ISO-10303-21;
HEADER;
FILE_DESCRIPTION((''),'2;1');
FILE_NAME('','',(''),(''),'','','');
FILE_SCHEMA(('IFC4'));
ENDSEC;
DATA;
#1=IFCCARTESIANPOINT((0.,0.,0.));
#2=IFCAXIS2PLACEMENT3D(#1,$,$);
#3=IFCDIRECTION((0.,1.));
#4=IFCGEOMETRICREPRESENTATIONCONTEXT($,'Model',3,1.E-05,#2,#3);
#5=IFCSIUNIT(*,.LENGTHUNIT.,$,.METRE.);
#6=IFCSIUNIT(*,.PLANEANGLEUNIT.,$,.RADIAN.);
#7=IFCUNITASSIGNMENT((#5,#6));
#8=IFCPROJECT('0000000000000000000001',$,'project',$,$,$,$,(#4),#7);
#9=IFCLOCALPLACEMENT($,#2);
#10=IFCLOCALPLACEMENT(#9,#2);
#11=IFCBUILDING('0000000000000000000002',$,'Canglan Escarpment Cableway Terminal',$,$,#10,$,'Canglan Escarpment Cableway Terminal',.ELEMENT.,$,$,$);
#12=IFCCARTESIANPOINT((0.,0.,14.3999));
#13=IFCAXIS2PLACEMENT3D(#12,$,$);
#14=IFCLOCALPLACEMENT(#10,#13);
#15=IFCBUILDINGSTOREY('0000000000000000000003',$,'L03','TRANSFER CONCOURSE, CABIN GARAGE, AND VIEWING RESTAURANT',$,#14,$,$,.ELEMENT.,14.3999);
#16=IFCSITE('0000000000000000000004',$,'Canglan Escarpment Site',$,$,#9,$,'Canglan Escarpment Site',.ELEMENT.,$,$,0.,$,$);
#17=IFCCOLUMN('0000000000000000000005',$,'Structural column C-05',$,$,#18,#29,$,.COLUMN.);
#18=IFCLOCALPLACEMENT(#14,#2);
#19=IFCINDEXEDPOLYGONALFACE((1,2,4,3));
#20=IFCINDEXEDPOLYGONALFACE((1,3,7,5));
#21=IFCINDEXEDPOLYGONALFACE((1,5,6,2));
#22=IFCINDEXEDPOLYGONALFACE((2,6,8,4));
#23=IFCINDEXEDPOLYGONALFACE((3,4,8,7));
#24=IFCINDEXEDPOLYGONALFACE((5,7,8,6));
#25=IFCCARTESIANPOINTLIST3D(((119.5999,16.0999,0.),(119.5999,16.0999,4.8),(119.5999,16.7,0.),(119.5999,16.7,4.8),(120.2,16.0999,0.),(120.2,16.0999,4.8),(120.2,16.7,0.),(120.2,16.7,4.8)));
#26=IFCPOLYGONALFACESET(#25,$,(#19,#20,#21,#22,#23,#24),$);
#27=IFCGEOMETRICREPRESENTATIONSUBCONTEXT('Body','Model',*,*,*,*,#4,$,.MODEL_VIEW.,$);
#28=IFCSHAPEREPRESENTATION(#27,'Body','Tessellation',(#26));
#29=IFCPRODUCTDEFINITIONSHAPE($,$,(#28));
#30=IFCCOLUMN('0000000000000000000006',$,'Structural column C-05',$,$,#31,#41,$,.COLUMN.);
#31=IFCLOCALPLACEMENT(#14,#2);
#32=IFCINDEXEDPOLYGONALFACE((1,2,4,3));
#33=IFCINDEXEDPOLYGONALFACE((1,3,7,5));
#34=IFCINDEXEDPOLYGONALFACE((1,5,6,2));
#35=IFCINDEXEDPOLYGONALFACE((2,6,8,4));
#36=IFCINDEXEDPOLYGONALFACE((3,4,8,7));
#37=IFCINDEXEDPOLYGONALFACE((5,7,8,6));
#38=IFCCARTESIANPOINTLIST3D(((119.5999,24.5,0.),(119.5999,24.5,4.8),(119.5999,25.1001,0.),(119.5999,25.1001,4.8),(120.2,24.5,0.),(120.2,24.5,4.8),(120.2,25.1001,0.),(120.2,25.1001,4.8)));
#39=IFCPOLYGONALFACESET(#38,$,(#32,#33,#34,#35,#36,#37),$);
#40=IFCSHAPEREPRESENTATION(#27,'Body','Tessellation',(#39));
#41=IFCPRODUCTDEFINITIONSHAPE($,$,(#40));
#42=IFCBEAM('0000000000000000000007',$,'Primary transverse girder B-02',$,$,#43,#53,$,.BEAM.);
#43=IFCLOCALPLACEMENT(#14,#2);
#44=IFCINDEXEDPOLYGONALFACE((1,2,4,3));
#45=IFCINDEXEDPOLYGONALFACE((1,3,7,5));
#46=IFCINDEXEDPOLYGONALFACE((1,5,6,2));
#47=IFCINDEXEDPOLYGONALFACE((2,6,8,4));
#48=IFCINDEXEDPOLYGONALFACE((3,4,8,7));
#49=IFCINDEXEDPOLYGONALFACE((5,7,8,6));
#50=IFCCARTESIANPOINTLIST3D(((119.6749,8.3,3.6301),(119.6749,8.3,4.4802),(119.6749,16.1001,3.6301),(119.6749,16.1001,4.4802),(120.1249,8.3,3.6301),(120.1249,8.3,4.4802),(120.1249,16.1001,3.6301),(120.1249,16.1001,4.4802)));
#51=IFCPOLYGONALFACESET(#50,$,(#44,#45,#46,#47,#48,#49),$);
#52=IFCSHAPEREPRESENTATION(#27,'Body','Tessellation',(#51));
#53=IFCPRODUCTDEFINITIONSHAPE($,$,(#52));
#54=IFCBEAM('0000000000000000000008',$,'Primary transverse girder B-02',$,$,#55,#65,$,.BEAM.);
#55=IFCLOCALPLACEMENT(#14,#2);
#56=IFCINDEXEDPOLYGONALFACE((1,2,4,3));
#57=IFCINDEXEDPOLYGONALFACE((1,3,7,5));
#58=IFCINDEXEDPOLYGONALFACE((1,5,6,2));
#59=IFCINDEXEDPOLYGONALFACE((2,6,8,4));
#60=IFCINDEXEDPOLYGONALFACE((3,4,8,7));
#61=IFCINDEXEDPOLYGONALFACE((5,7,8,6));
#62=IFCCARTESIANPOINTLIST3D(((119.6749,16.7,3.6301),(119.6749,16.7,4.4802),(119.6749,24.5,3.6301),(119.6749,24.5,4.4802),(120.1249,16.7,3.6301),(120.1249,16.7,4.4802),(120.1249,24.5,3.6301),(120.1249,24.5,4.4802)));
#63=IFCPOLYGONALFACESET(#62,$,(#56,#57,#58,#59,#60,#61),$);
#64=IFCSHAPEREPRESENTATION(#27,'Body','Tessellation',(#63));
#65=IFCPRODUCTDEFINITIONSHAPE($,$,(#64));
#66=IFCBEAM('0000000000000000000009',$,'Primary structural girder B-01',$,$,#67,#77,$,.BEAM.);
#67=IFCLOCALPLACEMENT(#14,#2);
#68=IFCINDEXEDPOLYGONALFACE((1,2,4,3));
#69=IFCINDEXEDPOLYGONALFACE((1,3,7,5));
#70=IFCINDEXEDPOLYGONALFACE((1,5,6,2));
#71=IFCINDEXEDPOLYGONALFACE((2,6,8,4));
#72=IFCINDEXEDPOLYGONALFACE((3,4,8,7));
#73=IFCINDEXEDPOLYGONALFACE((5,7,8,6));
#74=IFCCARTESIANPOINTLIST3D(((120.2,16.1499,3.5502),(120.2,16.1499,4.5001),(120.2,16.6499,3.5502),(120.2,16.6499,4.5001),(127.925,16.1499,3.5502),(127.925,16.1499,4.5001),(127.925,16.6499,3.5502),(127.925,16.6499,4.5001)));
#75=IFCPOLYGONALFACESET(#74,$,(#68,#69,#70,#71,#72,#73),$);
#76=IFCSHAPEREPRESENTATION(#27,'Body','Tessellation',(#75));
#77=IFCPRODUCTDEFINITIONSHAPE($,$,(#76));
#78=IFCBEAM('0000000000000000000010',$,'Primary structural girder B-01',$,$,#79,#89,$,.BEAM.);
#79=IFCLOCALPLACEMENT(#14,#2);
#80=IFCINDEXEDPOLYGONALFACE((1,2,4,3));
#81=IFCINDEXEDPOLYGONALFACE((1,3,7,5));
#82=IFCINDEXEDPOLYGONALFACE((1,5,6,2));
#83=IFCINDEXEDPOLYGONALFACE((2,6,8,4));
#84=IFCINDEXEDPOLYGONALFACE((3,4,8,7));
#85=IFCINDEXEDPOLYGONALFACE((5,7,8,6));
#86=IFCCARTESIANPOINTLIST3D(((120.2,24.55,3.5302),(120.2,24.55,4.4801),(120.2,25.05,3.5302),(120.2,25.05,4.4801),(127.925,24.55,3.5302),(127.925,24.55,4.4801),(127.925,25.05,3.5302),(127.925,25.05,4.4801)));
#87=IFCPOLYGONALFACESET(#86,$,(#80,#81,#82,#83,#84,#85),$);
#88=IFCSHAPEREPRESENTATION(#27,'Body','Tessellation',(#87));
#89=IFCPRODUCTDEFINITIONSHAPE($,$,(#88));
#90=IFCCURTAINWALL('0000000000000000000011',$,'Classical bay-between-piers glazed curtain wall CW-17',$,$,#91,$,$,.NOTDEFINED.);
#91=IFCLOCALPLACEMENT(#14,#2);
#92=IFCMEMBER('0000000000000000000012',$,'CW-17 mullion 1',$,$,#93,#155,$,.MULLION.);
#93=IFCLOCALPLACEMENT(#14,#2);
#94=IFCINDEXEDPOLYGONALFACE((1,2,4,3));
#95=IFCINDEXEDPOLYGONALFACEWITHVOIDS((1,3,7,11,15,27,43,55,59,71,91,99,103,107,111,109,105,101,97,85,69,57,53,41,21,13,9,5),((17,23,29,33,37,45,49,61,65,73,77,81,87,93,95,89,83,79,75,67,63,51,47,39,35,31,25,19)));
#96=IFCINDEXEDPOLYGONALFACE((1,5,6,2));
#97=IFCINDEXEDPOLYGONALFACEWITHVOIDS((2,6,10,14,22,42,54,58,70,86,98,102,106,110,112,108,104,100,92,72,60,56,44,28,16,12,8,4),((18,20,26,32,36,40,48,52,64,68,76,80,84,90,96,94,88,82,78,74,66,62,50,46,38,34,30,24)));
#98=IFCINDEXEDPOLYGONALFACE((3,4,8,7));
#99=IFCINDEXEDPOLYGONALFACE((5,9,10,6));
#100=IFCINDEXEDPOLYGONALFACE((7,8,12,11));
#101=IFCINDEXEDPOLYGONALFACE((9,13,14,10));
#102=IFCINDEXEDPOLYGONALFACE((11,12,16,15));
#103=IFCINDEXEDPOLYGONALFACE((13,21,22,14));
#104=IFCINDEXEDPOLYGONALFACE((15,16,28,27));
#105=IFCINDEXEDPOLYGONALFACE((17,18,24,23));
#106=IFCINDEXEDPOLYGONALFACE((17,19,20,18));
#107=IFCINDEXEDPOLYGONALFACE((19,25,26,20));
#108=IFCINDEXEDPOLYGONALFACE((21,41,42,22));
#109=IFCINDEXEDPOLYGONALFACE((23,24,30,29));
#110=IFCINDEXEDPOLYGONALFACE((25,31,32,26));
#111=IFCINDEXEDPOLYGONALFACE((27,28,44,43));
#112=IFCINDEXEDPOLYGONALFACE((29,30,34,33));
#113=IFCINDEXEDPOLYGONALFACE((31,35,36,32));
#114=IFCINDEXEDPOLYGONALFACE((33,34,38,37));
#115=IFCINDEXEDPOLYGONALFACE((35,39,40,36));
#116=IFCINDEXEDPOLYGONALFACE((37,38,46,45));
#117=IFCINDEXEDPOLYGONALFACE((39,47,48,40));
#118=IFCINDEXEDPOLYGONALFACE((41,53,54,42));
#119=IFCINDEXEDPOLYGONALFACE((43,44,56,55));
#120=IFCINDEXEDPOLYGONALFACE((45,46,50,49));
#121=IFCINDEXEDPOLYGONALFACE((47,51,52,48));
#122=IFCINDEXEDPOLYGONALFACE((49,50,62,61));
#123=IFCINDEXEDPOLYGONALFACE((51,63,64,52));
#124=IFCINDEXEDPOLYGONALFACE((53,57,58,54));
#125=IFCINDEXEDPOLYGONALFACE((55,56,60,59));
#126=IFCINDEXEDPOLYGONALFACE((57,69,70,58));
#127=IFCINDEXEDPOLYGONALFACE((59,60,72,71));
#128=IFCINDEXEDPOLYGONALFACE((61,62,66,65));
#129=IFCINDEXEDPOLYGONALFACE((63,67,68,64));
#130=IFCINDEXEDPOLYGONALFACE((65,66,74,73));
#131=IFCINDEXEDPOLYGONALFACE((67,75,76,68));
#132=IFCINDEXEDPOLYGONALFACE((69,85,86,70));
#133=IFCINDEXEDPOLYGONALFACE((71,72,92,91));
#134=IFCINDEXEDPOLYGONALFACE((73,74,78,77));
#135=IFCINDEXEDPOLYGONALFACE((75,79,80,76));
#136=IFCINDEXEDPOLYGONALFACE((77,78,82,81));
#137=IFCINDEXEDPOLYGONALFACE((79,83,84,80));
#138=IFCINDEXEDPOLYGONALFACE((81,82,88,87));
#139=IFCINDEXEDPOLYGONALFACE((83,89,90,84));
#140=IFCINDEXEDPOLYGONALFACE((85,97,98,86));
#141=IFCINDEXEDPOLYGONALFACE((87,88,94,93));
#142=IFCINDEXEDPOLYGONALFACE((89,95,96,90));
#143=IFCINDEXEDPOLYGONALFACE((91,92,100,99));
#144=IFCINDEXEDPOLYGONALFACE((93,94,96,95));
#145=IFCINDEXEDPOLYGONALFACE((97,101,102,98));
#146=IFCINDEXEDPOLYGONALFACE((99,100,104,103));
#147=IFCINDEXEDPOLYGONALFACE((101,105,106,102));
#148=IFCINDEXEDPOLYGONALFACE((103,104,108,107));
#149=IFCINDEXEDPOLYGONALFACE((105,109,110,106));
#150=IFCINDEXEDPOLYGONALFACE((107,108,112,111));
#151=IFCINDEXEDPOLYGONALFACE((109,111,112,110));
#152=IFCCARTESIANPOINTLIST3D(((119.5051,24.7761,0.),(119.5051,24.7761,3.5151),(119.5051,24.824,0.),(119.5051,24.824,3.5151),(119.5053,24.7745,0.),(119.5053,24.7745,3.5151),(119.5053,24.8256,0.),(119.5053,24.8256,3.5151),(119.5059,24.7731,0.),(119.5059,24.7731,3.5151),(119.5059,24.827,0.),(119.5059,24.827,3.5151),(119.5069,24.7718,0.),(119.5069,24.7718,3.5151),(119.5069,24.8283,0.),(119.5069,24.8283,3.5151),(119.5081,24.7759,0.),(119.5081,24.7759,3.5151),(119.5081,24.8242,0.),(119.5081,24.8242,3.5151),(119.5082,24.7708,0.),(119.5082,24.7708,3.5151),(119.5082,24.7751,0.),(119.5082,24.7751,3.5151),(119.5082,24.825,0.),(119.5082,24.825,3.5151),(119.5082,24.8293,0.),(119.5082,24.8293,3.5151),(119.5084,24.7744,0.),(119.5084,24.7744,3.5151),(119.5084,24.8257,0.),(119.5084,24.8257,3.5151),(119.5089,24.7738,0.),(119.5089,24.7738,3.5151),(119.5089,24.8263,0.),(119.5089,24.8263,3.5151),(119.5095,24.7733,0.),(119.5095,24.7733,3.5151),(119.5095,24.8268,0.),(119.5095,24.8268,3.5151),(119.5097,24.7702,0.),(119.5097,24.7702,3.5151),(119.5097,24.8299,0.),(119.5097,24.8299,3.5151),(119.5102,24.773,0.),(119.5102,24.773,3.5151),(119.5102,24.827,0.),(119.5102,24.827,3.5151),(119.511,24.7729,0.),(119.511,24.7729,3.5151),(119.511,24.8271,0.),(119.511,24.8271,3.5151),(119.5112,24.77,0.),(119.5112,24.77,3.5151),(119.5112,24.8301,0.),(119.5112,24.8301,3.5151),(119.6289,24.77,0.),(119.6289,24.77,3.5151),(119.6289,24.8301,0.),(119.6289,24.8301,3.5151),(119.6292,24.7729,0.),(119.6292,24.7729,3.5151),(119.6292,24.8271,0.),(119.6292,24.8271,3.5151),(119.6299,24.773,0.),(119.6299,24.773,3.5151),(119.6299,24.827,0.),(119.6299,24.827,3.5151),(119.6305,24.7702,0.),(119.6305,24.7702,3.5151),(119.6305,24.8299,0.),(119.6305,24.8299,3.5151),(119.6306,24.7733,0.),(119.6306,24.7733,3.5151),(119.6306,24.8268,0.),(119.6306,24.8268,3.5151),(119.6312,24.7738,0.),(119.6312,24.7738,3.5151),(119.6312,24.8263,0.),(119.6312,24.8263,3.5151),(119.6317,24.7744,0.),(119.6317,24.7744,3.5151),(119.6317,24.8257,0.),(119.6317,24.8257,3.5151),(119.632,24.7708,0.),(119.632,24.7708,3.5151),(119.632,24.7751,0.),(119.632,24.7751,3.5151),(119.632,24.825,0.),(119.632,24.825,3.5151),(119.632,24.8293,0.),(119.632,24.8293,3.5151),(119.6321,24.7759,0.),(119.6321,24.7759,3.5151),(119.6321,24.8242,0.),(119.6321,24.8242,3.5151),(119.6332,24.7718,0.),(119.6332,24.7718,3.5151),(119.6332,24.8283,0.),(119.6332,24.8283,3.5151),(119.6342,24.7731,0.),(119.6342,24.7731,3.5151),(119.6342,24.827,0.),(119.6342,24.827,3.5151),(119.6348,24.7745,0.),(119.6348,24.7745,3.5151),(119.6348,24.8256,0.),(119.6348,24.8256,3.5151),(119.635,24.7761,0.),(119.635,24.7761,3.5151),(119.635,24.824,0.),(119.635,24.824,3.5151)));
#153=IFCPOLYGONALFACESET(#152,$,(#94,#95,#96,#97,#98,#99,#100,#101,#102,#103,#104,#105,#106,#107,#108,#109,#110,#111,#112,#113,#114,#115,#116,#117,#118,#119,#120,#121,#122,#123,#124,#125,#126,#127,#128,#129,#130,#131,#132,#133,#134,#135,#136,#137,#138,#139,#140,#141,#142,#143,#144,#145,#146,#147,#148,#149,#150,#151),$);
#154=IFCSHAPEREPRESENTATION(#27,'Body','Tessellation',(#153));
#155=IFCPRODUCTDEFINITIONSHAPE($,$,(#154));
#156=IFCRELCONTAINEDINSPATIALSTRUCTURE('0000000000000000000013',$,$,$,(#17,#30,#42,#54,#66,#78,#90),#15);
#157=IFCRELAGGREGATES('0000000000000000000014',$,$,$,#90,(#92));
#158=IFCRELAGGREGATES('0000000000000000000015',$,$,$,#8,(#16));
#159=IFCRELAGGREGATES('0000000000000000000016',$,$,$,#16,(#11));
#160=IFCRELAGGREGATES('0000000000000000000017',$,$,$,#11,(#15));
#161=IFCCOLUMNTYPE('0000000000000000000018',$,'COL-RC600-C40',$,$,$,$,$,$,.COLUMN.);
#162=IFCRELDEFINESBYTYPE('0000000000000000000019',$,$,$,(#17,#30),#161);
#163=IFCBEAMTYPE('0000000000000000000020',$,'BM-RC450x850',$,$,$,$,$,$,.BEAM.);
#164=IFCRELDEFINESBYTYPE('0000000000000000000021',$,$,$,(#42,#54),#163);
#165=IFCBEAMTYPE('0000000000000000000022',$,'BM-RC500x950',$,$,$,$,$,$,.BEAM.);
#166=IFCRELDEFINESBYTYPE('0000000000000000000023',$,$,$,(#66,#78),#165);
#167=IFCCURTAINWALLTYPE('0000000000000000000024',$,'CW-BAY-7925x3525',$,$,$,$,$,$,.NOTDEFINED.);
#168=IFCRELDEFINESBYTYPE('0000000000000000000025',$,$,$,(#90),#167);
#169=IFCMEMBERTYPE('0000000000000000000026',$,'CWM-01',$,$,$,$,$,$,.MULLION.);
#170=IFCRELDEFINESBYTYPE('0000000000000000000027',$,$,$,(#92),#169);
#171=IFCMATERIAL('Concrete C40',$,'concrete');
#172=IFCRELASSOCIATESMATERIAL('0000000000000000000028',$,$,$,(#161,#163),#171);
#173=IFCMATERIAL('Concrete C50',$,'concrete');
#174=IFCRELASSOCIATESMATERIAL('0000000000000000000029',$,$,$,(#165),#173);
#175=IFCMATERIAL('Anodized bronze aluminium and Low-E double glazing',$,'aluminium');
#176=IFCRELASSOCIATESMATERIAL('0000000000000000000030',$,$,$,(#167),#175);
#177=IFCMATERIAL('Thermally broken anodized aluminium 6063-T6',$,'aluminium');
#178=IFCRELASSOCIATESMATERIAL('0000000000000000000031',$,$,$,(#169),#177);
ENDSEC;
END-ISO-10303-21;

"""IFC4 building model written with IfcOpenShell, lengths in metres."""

from ifc_helpers import new_model, si_unit, direction, frame, origin, origin_2d, place, context, subcontext, project, spatial, rectangle, hollow_rectangle, extrude, material, material_profile, profile_set, type_object, element, aggregate, save


model = new_model("IFC4")

# Units and contexts
model_context = context("Model", 3, precision=1e-05, world=origin(), true_north=direction((0.0, 1.0)))
body_context = subcontext(model_context, "Body", "Model", "MODEL_VIEW")
ifc_project = project(units=[si_unit("LENGTHUNIT", "METRE"), si_unit("PLANEANGLEUNIT", "RADIAN")], contexts=[model_context])

# Site, building, storey
site_placement = place(None, origin())
site = spatial("IfcSite", under=ifc_project, at=site_placement, Name="Canglan Escarpment Site", LongName="Canglan Escarpment Site", CompositionType="ELEMENT", RefElevation=0.0)
building_placement = place(site_placement, origin())
building = spatial("IfcBuilding", under=site, at=building_placement, Name="Canglan Escarpment Cableway Terminal", LongName="Canglan Escarpment Cableway Terminal", CompositionType="ELEMENT")
storey_placement = place(building_placement, frame((0.0, 0.0, 14.3999)))
storey = spatial("IfcBuildingStorey", under=building, at=storey_placement, Name="L03", Description="TRANSFER CONCOURSE, CABIN GARAGE, AND VIEWING RESTAURANT", CompositionType="ELEMENT", Elevation=14.3999)

# Columns
ifc_material_1 = material(Name="Concrete C40", Category="concrete")
ifc_material_profile_1 = material_profile(ifc_material_1, rectangle(XDim=0.6001, YDim=0.6001, at=origin_2d()), Name="RC 600x600")
ifc_profile_set_1 = profile_set([ifc_material_profile_1], Name="Concrete C40")
column_type = type_object("IfcColumnType", Name="COL-RC600-C40", PredefinedType="COLUMN", material=ifc_profile_set_1)
for number, where, z_axis, x_axis, name in (
    (1, (119.8999, 16.3999, 0.0), (0.0, 0.0, 1.0), (1.0, 0.0, 0.0), "Structural column C-05"),
    (2, (119.8999, 24.8, 0.0), (0.0, 0.0, 1.0), (1.0, 0.0, 0.0), "Structural column C-05"),
):
    element("IfcColumn", number, at=place(storey_placement, frame(where, z_axis=z_axis, x_axis=x_axis)), inside=storey, type_object=column_type, Name=name, PredefinedType="COLUMN", context=body_context, shape_type="SweptSolid", body=[
        extrude(rectangle(XDim=0.6001, YDim=0.6001, at=origin_2d()), origin(), (0.0, 0.0, 1.0), 4.8),
    ])

# Beams
ifc_material_profile_2 = material_profile(ifc_material_1, rectangle(XDim=0.45, YDim=0.8501, at=origin_2d()), Name="RC 450x850")
ifc_profile_set_2 = profile_set([ifc_material_profile_2], Name="Concrete C40")
beam_type_1 = type_object("IfcBeamType", Name="BM-RC450x850", PredefinedType="BEAM", material=ifc_profile_set_2)
for number, where, z_axis, x_axis, name in (
    (3, (119.8999, 8.3, 4.0552), (0.0, 1.0, 0.0), (-1.0, 0.0, 0.0), "Primary transverse girder B-02"),
    (4, (119.8999, 16.7, 4.0552), (0.0, 1.0, 0.0), (-1.0, 0.0, 0.0), "Primary transverse girder B-02"),
):
    element("IfcBeam", number, at=place(storey_placement, frame(where, z_axis=z_axis, x_axis=x_axis)), inside=storey, type_object=beam_type_1, Name=name, PredefinedType="BEAM", context=body_context, shape_type="SweptSolid", body=[
        extrude(rectangle(XDim=0.45, YDim=0.8501, at=origin_2d()), origin(), (0.0, 0.0, 1.0), 7.8),
    ])
ifc_material_2 = material(Name="Concrete C50", Category="concrete")
ifc_material_profile_3 = material_profile(ifc_material_2, rectangle(XDim=0.5, YDim=0.95, at=origin_2d()), Name="RC 500x950")
ifc_profile_set_3 = profile_set([ifc_material_profile_3], Name="Concrete C50")
beam_type_2 = type_object("IfcBeamType", Name="BM-RC500x950", PredefinedType="BEAM", material=ifc_profile_set_3)
for number, where, z_axis, x_axis, name in (
    (5, (120.2, 16.3999, 4.0251), (1.0, 0.0, 0.0), (0.0, 1.0, 0.0), "Primary structural girder B-01"),
    (6, (120.2, 24.8, 4.0051), (1.0, 0.0, 0.0), (0.0, 1.0, 0.0), "Primary structural girder B-01"),
):
    element("IfcBeam", number, at=place(storey_placement, frame(where, z_axis=z_axis, x_axis=x_axis)), inside=storey, type_object=beam_type_2, Name=name, PredefinedType="BEAM", context=body_context, shape_type="SweptSolid", body=[
        extrude(rectangle(XDim=0.5, YDim=0.95, at=origin_2d()), origin(), (0.0, 0.0, 1.0), 7.7251),
    ])

# Curtain wall, member
ifc_material_3 = material(Name="Anodized bronze aluminium and Low-E double glazing", Category="aluminium")
curtain_wall_type_1 = type_object("IfcCurtainWallType", Name="CW-BAY-7925x3525", PredefinedType="NOTDEFINED", material=ifc_material_3)
curtain_wall_1_placement = place(storey_placement, origin())
curtain_wall_1 = element("IfcCurtainWall", 7, at=curtain_wall_1_placement, inside=storey, type_object=curtain_wall_type_1, Name="Classical bay-between-piers glazed curtain wall CW-17", PredefinedType="NOTDEFINED")
ifc_material_4 = material(Name="Thermally broken anodized aluminium 6063-T6", Category="aluminium")
ifc_material_profile_4 = material_profile(ifc_material_4, hollow_rectangle(XDim=0.0601, YDim=0.1299, WallThickness=0.0029, InnerFilletRadius=0.0029, OuterFilletRadius=0.0061, at=origin_2d()), Name="ALU-MULL 60x130x3")
ifc_profile_set_4 = profile_set([ifc_material_profile_4], Name="Thermally broken anodized aluminium 6063-T6")
member_type_1 = type_object("IfcMemberType", Name="CWM-01", PredefinedType="MULLION", material=ifc_profile_set_4)
member_1_placement = place(storey_placement, frame((119.5701, 24.8, 0.0), z_axis=(0.0, 0.0, 1.0), x_axis=(0.0, -1.0, 0.0)))
member_1 = element("IfcMember", 8, at=member_1_placement, type_object=member_type_1, Name="CW-17 mullion 1", PredefinedType="MULLION", context=body_context, shape_type="SweptSolid", body=[
    extrude(hollow_rectangle(XDim=0.0601, YDim=0.1299, WallThickness=0.0029, InnerFilletRadius=0.0029, OuterFilletRadius=0.0061, at=origin_2d()), origin(), (0.0, 0.0, 1.0), 3.5151),
])

aggregate(curtain_wall_1, [member_1])

save(model, "model.ifc")
